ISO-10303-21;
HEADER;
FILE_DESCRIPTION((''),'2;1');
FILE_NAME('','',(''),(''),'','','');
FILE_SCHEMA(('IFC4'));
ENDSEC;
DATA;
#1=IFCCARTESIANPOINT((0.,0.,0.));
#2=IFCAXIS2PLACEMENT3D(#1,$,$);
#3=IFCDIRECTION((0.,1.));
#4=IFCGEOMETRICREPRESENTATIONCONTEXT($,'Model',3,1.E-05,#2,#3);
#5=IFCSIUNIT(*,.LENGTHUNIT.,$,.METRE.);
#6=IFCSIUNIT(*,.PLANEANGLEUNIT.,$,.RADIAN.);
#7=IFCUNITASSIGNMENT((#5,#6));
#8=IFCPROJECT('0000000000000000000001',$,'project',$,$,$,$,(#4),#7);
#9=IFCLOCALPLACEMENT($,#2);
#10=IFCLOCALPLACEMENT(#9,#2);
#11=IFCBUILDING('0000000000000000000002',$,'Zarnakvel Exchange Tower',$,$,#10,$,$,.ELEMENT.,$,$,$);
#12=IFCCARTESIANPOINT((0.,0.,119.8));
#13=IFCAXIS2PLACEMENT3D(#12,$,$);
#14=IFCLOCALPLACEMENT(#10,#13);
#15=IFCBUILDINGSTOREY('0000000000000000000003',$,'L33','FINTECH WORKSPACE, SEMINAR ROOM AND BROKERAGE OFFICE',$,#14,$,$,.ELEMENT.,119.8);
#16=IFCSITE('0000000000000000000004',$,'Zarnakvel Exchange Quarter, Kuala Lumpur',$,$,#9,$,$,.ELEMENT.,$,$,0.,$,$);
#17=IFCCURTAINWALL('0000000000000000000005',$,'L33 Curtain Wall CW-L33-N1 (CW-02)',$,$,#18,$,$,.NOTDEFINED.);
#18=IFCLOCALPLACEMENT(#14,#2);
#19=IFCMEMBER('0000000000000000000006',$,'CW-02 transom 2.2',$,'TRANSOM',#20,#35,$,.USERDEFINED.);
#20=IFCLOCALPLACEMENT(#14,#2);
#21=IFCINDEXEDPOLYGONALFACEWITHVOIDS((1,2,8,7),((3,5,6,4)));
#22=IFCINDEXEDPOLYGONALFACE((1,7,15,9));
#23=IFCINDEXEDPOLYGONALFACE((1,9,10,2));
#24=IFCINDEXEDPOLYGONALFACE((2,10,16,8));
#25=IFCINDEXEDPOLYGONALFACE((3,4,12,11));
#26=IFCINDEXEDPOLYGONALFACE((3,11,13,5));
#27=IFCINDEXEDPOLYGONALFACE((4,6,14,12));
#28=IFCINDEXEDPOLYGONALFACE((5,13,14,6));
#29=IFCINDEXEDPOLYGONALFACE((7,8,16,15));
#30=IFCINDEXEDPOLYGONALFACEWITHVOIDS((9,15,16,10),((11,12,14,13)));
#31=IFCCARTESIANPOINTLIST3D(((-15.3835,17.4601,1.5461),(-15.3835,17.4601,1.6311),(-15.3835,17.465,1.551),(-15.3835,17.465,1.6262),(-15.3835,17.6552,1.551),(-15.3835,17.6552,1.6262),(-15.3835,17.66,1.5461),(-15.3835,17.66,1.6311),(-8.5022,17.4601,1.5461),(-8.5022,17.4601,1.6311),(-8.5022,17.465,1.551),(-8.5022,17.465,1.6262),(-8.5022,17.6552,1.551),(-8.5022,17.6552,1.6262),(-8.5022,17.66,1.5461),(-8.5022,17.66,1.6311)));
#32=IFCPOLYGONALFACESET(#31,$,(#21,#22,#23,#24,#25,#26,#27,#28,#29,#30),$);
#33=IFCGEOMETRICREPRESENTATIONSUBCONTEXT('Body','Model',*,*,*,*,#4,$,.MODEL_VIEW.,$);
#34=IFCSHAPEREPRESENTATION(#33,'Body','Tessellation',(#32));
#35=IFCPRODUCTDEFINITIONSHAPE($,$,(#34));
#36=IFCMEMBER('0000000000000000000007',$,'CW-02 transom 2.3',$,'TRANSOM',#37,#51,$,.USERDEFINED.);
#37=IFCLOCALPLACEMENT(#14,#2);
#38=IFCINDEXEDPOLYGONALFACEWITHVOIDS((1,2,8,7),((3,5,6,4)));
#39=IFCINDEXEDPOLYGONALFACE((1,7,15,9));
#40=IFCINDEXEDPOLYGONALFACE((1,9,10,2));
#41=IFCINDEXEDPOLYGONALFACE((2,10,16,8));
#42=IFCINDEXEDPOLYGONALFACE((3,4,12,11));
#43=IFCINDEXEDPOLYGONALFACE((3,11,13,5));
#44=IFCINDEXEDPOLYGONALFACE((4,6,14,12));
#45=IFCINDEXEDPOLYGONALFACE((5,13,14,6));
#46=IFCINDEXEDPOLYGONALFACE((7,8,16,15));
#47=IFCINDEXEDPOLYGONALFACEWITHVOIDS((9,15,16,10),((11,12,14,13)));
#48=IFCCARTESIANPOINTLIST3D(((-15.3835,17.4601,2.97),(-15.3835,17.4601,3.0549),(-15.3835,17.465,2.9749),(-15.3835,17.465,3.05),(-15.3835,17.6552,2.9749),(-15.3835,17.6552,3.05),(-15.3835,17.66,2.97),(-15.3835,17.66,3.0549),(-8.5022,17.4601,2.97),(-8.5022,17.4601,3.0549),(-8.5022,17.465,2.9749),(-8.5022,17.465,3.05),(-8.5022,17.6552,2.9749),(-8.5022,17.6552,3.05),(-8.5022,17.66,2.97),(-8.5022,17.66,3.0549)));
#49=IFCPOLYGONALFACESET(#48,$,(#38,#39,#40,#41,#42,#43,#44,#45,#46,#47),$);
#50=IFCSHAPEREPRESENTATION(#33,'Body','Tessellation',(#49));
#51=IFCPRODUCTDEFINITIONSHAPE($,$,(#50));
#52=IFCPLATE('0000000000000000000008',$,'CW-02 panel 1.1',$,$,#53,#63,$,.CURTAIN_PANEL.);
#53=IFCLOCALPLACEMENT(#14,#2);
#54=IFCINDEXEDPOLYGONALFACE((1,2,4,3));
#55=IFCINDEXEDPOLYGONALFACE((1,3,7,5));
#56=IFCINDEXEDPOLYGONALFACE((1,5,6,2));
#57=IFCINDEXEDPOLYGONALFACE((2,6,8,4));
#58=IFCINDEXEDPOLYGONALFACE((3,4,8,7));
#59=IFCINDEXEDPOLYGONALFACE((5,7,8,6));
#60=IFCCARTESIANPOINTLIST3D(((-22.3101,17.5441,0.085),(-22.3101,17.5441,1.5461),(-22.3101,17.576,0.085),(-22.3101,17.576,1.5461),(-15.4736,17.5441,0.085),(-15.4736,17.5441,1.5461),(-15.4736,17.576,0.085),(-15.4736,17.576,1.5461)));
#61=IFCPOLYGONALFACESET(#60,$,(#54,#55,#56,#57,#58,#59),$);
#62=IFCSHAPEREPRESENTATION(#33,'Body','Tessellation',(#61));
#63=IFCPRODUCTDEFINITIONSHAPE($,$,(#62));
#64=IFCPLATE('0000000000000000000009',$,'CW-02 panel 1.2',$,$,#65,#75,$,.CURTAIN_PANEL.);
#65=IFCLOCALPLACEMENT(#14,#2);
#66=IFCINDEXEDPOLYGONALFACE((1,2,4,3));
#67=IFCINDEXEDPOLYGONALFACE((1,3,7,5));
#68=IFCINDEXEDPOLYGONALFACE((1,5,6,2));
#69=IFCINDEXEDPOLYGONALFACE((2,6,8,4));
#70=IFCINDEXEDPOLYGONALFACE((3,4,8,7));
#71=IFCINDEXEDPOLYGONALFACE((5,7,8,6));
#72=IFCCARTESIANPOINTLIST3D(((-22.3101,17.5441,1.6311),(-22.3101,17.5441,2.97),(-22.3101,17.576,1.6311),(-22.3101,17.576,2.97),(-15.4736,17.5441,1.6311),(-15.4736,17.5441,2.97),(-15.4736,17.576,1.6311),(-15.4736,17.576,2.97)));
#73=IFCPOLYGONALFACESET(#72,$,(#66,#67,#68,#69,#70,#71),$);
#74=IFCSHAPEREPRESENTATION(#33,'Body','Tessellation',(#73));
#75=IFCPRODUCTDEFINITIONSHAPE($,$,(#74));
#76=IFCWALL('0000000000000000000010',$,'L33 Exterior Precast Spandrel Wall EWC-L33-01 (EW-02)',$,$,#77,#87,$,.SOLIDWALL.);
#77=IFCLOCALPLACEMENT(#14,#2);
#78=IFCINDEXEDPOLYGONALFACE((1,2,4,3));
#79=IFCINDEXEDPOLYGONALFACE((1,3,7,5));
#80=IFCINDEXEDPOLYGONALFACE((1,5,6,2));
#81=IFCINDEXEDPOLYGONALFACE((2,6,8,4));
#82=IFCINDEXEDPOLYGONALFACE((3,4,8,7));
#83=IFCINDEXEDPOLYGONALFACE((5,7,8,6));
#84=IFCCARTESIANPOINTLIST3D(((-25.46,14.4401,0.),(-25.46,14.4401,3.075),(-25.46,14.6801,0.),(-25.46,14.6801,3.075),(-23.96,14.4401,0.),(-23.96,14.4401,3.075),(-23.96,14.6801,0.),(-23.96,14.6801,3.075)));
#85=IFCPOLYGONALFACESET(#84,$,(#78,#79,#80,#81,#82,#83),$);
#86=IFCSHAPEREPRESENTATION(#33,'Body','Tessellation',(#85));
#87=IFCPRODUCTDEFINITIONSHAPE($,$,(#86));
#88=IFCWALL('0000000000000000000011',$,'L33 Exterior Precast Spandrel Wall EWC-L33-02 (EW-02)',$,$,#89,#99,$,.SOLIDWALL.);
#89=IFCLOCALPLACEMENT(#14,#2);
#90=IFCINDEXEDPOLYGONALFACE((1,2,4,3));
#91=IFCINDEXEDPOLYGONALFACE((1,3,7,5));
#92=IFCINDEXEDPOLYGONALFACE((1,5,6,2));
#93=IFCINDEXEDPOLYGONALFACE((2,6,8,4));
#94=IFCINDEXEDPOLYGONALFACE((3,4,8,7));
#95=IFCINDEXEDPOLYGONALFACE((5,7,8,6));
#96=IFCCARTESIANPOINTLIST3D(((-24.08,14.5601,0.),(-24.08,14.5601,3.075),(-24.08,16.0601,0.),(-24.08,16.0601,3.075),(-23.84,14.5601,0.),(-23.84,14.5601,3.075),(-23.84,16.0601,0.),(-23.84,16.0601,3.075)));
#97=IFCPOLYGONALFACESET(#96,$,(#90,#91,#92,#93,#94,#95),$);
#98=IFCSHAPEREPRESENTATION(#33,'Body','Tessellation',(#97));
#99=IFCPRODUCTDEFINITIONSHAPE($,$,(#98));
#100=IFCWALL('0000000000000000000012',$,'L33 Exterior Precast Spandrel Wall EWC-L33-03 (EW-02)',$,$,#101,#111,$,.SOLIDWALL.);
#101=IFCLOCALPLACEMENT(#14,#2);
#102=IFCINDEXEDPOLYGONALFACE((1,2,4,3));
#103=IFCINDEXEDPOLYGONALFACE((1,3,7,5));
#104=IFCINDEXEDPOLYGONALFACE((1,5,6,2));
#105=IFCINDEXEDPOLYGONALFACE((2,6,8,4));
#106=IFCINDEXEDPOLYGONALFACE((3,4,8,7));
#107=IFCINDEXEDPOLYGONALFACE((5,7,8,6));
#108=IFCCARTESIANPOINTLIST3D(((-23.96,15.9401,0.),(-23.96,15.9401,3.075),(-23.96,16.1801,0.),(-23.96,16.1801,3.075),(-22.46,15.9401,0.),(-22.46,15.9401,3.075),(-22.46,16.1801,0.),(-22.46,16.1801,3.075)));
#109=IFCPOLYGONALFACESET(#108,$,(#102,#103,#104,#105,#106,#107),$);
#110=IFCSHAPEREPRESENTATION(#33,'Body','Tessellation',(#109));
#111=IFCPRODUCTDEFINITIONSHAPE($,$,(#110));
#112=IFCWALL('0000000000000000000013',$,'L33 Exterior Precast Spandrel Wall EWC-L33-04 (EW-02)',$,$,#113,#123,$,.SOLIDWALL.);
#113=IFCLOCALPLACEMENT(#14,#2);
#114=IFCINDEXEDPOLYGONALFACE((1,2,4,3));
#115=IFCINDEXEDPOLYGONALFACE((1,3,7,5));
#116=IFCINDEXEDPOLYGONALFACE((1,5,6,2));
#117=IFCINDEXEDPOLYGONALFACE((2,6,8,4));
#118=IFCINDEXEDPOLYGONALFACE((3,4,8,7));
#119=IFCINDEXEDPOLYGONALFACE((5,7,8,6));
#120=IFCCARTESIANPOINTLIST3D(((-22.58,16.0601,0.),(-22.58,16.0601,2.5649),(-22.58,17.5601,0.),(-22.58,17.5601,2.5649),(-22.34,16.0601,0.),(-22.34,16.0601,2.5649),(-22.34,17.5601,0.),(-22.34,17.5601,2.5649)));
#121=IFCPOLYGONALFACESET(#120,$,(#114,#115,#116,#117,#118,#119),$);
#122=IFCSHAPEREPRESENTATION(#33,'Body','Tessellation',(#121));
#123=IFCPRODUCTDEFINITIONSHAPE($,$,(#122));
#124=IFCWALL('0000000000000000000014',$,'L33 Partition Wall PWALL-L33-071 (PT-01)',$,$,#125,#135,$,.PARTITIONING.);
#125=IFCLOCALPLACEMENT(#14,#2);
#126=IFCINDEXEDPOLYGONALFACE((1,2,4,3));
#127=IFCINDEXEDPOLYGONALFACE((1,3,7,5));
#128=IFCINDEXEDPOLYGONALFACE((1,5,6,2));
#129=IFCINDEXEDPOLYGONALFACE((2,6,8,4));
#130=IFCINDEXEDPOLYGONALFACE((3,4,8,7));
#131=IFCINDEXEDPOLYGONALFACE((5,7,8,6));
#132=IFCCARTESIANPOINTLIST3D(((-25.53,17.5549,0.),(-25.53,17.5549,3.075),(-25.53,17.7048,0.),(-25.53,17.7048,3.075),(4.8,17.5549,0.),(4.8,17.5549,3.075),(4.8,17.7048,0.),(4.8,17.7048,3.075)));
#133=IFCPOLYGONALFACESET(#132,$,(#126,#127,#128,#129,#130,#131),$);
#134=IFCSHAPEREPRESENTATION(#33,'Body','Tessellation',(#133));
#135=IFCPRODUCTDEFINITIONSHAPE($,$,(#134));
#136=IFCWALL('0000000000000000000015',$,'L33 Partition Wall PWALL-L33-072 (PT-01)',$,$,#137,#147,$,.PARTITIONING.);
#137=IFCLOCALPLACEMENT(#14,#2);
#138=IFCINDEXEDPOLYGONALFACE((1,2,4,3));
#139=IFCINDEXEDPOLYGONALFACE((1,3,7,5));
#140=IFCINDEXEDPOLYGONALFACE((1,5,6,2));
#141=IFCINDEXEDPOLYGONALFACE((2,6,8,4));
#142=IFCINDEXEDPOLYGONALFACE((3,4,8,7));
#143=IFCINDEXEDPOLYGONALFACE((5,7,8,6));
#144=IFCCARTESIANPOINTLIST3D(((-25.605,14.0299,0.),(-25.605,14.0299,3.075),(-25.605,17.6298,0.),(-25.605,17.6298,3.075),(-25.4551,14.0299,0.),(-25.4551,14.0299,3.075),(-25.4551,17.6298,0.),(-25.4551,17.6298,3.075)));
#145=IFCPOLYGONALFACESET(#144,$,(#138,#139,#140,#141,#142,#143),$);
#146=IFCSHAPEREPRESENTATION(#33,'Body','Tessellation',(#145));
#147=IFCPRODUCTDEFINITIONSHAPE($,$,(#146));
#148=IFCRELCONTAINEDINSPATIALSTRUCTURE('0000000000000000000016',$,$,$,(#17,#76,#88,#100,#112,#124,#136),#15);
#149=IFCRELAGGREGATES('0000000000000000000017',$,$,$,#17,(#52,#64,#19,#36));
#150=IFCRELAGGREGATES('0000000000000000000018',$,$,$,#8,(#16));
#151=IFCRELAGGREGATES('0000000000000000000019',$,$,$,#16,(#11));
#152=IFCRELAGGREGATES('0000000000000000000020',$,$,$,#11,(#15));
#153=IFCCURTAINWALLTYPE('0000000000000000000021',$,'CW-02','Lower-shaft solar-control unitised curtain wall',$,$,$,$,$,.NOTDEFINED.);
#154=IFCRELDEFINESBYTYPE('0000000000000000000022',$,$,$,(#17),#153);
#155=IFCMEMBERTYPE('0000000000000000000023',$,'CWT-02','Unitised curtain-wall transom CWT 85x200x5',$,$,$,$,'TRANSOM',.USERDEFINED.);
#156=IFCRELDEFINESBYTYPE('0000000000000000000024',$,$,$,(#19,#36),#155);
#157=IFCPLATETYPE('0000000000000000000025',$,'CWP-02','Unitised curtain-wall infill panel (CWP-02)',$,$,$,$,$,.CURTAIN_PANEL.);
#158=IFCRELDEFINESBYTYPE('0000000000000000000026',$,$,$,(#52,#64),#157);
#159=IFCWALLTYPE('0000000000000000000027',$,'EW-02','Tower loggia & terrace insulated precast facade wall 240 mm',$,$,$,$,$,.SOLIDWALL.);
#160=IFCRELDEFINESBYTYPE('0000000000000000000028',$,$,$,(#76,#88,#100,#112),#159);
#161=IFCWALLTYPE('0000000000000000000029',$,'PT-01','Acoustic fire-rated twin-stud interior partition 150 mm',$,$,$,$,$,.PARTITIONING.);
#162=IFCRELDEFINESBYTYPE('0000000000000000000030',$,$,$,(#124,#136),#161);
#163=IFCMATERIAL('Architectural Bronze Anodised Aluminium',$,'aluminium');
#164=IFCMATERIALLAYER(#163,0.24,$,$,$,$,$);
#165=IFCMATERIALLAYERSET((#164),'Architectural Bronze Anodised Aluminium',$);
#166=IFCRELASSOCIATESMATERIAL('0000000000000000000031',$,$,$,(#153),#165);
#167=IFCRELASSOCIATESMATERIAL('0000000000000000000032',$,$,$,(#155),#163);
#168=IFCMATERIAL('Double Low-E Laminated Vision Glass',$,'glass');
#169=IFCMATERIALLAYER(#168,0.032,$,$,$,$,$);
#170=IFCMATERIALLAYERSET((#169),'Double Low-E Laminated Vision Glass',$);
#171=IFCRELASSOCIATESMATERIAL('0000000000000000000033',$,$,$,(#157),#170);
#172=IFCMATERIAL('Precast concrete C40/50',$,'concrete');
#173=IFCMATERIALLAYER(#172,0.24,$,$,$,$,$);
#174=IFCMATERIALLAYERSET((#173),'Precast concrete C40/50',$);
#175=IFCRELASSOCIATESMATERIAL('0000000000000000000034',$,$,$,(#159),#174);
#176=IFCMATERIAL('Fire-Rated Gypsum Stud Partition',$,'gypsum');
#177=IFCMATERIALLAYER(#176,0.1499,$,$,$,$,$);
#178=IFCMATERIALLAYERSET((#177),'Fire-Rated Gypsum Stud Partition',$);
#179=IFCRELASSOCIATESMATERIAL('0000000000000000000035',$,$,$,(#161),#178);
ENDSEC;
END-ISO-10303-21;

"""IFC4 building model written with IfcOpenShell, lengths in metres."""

from ifc_helpers import new_model, si_unit, direction, frame, frame_2d, origin, origin_2d, place, context, subcontext, project, spatial, rectangle, hollow_rectangle, extrude, source, transform, mapped, material, layer, layer_set, material_profile, profile_set, type_object, element, aggregate, save


model = new_model("IFC4")

# Units and contexts
model_context = context("Model", 3, precision=1e-05, world=origin(), true_north=direction((0.0, 1.0)))
body_context = subcontext(model_context, "Body", "Model", "MODEL_VIEW")
ifc_project = project(units=[si_unit("LENGTHUNIT", "METRE"), si_unit("PLANEANGLEUNIT", "RADIAN")], contexts=[model_context])

# Site, building, storey
site_placement = place(None, origin())
site = spatial("IfcSite", under=ifc_project, at=site_placement, Name="Zarnakvel Exchange Quarter, Kuala Lumpur", CompositionType="ELEMENT", RefElevation=0.0)
building_placement = place(site_placement, origin())
building = spatial("IfcBuilding", under=site, at=building_placement, Name="Zarnakvel Exchange Tower", CompositionType="ELEMENT")
storey_placement = place(building_placement, frame((0.0, 0.0, 119.8)))
storey = spatial("IfcBuildingStorey", under=building, at=storey_placement, Name="L33", Description="FINTECH WORKSPACE, SEMINAR ROOM AND BROKERAGE OFFICE", CompositionType="ELEMENT", Elevation=119.8)

# Curtain wall
ifc_material_1 = material(Name="Architectural Bronze Anodised Aluminium", Category="aluminium")
ifc_layer_1 = layer(ifc_material_1, 0.24)
ifc_layer_set_1 = layer_set([ifc_layer_1], Name="Architectural Bronze Anodised Aluminium")
curtain_wall_type_1 = type_object("IfcCurtainWallType", Name="CW-02", Description="Lower-shaft solar-control unitised curtain wall", PredefinedType="NOTDEFINED", material=ifc_layer_set_1)
curtain_wall_1_placement = place(storey_placement, origin())
curtain_wall_1 = element("IfcCurtainWall", 1, at=curtain_wall_1_placement, inside=storey, type_object=curtain_wall_type_1, Name="L33 Curtain Wall CW-L33-N1 (CW-02)", PredefinedType="NOTDEFINED")

# Members
ifc_material_profile_1 = material_profile(ifc_material_1, hollow_rectangle(XDim=0.2, YDim=0.085, WallThickness=0.0049, at=origin_2d()))
ifc_profile_set_1 = profile_set([ifc_material_profile_1], Name="Architectural Bronze Anodised Aluminium")
member_type_1 = type_object("IfcMemberType", Name="CWT-02", Description="Unitised curtain-wall transom CWT 85x200x5", ElementType="TRANSOM", PredefinedType="USERDEFINED", material=ifc_profile_set_1)
shared_shape_1 = source(origin(), body_context, "Body", "SweptSolid", [
    extrude(hollow_rectangle(XDim=0.2, YDim=0.085, WallThickness=0.0049, at=origin_2d()), origin(), (0.0, 0.0, 1.0), 6.8813),
])
member_1_placement = place(storey_placement, frame((-15.3835, 17.5601, 1.5886), z_axis=(1.0, 0.0, 0.0), x_axis=(0.0, 1.0, 0.0)))
member_1 = element("IfcMember", 2, at=member_1_placement, type_object=member_type_1, Name="CW-02 transom 2.2", ObjectType="TRANSOM", PredefinedType="USERDEFINED", context=body_context, shape_type="MappedRepresentation", body=[
    mapped(shared_shape_1, transform((0.0, 0.0, 0.0), x_axis=(1.0, 0.0, 0.0), y_axis=(0.0, 1.0, 0.0), z_axis=(0.0, 0.0, 1.0), scale=1.0)),
])
member_2_placement = place(storey_placement, frame((-15.3835, 17.5601, 3.0125), z_axis=(1.0, 0.0, 0.0), x_axis=(0.0, 1.0, 0.0)))
member_2 = element("IfcMember", 3, at=member_2_placement, type_object=member_type_1, Name="CW-02 transom 2.3", ObjectType="TRANSOM", PredefinedType="USERDEFINED", context=body_context, shape_type="MappedRepresentation", body=[
    mapped(shared_shape_1, transform((0.0, 0.0, 0.0), x_axis=(1.0, 0.0, 0.0), y_axis=(0.0, 1.0, 0.0), z_axis=(0.0, 0.0, 1.0), scale=1.0)),
])

# Plates
ifc_material_2 = material(Name="Double Low-E Laminated Vision Glass", Category="glass")
ifc_layer_2 = layer(ifc_material_2, 0.032)
ifc_layer_set_2 = layer_set([ifc_layer_2], Name="Double Low-E Laminated Vision Glass")
plate_type = type_object("IfcPlateType", Name="CWP-02", Description="Unitised curtain-wall infill panel (CWP-02)", PredefinedType="CURTAIN_PANEL", material=ifc_layer_set_2)
shared_shape_2 = source(origin(), body_context, "Body", "SweptSolid", [
    extrude(rectangle(XDim=6.8364, YDim=0.032, at=origin_2d()), origin(), (0.0, 0.0, 1.0), 1.4612),
])
plate_1_placement = place(storey_placement, frame((-18.8918, 17.5601, 0.085), z_axis=(0.0, 0.0, 1.0), x_axis=(1.0, 0.0, 0.0)))
plate_1 = element("IfcPlate", 4, at=plate_1_placement, type_object=plate_type, Name="CW-02 panel 1.1", PredefinedType="CURTAIN_PANEL", context=body_context, shape_type="MappedRepresentation", body=[
    mapped(shared_shape_2, transform((0.0, 0.0, 0.0), x_axis=(1.0, 0.0, 0.0), y_axis=(0.0, 1.0, 0.0), z_axis=(0.0, 0.0, 1.0), scale=1.0)),
])
shared_shape_3 = source(origin(), body_context, "Body", "SweptSolid", [
    extrude(rectangle(XDim=6.8364, YDim=0.032, at=origin_2d()), origin(), (0.0, 0.0, 1.0), 1.3389),
])
plate_2_placement = place(storey_placement, frame((-18.8918, 17.5601, 1.6311), z_axis=(0.0, 0.0, 1.0), x_axis=(1.0, 0.0, 0.0)))
plate_2 = element("IfcPlate", 5, at=plate_2_placement, type_object=plate_type, Name="CW-02 panel 1.2", PredefinedType="CURTAIN_PANEL", context=body_context, shape_type="MappedRepresentation", body=[
    mapped(shared_shape_3, transform((0.0, 0.0, 0.0), x_axis=(1.0, 0.0, 0.0), y_axis=(0.0, 1.0, 0.0), z_axis=(0.0, 0.0, 1.0), scale=1.0)),
])
aggregate(curtain_wall_1, [plate_1, plate_2, member_1, member_2])

# Walls
ifc_material_3 = material(Name="Precast concrete C40/50", Category="concrete")
ifc_layer_3 = layer(ifc_material_3, 0.24)
ifc_layer_set_3 = layer_set([ifc_layer_3], Name="Precast concrete C40/50")
wall_type_1 = type_object("IfcWallType", Name="EW-02", Description="Tower loggia & terrace insulated precast facade wall 240 mm", PredefinedType="SOLIDWALL", material=ifc_layer_set_3)
for number, where, z_axis, x_axis, name in (
    (6, (-23.96, 14.5601, 0.0), (0.0, 0.0, 1.0), (-1.0, 0.0, 0.0), "L33 Exterior Precast Spandrel Wall EWC-L33-01 (EW-02)"),
    (7, (-23.96, 16.0601, 0.0), (0.0, 0.0, 1.0), (0.0, -1.0, 0.0), "L33 Exterior Precast Spandrel Wall EWC-L33-02 (EW-02)"),
    (8, (-22.46, 16.0601, 0.0), (0.0, 0.0, 1.0), (-1.0, 0.0, 0.0), "L33 Exterior Precast Spandrel Wall EWC-L33-03 (EW-02)"),
):
    element("IfcWall", number, at=place(storey_placement, frame(where, z_axis=z_axis, x_axis=x_axis)), inside=storey, type_object=wall_type_1, Name=name, PredefinedType="SOLIDWALL", context=body_context, shape_type="SweptSolid", body=[
        extrude(rectangle(XDim=1.5, YDim=0.24, at=frame_2d((0.75, 0.0))), origin(), (0.0, 0.0, 1.0), 3.075),
    ])
wall_1_placement = place(storey_placement, frame((-22.46, 17.5601, 0.0), z_axis=(0.0, 0.0, 1.0), x_axis=(0.0, -1.0, 0.0)))
element("IfcWall", 9, at=wall_1_placement, inside=storey, type_object=wall_type_1, Name="L33 Exterior Precast Spandrel Wall EWC-L33-04 (EW-02)", PredefinedType="SOLIDWALL", context=body_context, shape_type="SweptSolid", body=[
    extrude(rectangle(XDim=1.5, YDim=0.24, at=frame_2d((0.75, 0.0))), origin(), (0.0, 0.0, 1.0), 2.5649),
])

# Shared definitions
ifc_material_4 = material(Name="Fire-Rated Gypsum Stud Partition", Category="gypsum")
ifc_layer_4 = layer(ifc_material_4, 0.1499)
ifc_layer_set_4 = layer_set([ifc_layer_4], Name="Fire-Rated Gypsum Stud Partition")
wall_type_2 = type_object("IfcWallType", Name="PT-01", Description="Acoustic fire-rated twin-stud interior partition 150 mm", PredefinedType="PARTITIONING", material=ifc_layer_set_4)

# Walls
wall_2_placement = place(storey_placement, frame((-25.53, 17.6299, 0.0), z_axis=(0.0, 0.0, 1.0), x_axis=(1.0, 0.0, 0.0)))
element("IfcWall", 10, at=wall_2_placement, inside=storey, type_object=wall_type_2, Name="L33 Partition Wall PWALL-L33-071 (PT-01)", PredefinedType="PARTITIONING", context=body_context, shape_type="SweptSolid", body=[
    extrude(rectangle(XDim=30.3301, YDim=0.1499, at=frame_2d((15.165, 0.0))), origin(), (0.0, 0.0, 1.0), 3.075),
])
wall_3_placement = place(storey_placement, frame((-25.53, 14.03, 0.0), z_axis=(0.0, 0.0, 1.0), x_axis=(0.0, 1.0, 0.0)))
element("IfcWall", 11, at=wall_3_placement, inside=storey, type_object=wall_type_2, Name="L33 Partition Wall PWALL-L33-072 (PT-01)", PredefinedType="PARTITIONING", context=body_context, shape_type="SweptSolid", body=[
    extrude(rectangle(XDim=3.5999, YDim=0.1499, at=frame_2d((1.7998, 0.0))), origin(), (0.0, 0.0, 1.0), 3.075),
])

save(model, "model.ifc")
